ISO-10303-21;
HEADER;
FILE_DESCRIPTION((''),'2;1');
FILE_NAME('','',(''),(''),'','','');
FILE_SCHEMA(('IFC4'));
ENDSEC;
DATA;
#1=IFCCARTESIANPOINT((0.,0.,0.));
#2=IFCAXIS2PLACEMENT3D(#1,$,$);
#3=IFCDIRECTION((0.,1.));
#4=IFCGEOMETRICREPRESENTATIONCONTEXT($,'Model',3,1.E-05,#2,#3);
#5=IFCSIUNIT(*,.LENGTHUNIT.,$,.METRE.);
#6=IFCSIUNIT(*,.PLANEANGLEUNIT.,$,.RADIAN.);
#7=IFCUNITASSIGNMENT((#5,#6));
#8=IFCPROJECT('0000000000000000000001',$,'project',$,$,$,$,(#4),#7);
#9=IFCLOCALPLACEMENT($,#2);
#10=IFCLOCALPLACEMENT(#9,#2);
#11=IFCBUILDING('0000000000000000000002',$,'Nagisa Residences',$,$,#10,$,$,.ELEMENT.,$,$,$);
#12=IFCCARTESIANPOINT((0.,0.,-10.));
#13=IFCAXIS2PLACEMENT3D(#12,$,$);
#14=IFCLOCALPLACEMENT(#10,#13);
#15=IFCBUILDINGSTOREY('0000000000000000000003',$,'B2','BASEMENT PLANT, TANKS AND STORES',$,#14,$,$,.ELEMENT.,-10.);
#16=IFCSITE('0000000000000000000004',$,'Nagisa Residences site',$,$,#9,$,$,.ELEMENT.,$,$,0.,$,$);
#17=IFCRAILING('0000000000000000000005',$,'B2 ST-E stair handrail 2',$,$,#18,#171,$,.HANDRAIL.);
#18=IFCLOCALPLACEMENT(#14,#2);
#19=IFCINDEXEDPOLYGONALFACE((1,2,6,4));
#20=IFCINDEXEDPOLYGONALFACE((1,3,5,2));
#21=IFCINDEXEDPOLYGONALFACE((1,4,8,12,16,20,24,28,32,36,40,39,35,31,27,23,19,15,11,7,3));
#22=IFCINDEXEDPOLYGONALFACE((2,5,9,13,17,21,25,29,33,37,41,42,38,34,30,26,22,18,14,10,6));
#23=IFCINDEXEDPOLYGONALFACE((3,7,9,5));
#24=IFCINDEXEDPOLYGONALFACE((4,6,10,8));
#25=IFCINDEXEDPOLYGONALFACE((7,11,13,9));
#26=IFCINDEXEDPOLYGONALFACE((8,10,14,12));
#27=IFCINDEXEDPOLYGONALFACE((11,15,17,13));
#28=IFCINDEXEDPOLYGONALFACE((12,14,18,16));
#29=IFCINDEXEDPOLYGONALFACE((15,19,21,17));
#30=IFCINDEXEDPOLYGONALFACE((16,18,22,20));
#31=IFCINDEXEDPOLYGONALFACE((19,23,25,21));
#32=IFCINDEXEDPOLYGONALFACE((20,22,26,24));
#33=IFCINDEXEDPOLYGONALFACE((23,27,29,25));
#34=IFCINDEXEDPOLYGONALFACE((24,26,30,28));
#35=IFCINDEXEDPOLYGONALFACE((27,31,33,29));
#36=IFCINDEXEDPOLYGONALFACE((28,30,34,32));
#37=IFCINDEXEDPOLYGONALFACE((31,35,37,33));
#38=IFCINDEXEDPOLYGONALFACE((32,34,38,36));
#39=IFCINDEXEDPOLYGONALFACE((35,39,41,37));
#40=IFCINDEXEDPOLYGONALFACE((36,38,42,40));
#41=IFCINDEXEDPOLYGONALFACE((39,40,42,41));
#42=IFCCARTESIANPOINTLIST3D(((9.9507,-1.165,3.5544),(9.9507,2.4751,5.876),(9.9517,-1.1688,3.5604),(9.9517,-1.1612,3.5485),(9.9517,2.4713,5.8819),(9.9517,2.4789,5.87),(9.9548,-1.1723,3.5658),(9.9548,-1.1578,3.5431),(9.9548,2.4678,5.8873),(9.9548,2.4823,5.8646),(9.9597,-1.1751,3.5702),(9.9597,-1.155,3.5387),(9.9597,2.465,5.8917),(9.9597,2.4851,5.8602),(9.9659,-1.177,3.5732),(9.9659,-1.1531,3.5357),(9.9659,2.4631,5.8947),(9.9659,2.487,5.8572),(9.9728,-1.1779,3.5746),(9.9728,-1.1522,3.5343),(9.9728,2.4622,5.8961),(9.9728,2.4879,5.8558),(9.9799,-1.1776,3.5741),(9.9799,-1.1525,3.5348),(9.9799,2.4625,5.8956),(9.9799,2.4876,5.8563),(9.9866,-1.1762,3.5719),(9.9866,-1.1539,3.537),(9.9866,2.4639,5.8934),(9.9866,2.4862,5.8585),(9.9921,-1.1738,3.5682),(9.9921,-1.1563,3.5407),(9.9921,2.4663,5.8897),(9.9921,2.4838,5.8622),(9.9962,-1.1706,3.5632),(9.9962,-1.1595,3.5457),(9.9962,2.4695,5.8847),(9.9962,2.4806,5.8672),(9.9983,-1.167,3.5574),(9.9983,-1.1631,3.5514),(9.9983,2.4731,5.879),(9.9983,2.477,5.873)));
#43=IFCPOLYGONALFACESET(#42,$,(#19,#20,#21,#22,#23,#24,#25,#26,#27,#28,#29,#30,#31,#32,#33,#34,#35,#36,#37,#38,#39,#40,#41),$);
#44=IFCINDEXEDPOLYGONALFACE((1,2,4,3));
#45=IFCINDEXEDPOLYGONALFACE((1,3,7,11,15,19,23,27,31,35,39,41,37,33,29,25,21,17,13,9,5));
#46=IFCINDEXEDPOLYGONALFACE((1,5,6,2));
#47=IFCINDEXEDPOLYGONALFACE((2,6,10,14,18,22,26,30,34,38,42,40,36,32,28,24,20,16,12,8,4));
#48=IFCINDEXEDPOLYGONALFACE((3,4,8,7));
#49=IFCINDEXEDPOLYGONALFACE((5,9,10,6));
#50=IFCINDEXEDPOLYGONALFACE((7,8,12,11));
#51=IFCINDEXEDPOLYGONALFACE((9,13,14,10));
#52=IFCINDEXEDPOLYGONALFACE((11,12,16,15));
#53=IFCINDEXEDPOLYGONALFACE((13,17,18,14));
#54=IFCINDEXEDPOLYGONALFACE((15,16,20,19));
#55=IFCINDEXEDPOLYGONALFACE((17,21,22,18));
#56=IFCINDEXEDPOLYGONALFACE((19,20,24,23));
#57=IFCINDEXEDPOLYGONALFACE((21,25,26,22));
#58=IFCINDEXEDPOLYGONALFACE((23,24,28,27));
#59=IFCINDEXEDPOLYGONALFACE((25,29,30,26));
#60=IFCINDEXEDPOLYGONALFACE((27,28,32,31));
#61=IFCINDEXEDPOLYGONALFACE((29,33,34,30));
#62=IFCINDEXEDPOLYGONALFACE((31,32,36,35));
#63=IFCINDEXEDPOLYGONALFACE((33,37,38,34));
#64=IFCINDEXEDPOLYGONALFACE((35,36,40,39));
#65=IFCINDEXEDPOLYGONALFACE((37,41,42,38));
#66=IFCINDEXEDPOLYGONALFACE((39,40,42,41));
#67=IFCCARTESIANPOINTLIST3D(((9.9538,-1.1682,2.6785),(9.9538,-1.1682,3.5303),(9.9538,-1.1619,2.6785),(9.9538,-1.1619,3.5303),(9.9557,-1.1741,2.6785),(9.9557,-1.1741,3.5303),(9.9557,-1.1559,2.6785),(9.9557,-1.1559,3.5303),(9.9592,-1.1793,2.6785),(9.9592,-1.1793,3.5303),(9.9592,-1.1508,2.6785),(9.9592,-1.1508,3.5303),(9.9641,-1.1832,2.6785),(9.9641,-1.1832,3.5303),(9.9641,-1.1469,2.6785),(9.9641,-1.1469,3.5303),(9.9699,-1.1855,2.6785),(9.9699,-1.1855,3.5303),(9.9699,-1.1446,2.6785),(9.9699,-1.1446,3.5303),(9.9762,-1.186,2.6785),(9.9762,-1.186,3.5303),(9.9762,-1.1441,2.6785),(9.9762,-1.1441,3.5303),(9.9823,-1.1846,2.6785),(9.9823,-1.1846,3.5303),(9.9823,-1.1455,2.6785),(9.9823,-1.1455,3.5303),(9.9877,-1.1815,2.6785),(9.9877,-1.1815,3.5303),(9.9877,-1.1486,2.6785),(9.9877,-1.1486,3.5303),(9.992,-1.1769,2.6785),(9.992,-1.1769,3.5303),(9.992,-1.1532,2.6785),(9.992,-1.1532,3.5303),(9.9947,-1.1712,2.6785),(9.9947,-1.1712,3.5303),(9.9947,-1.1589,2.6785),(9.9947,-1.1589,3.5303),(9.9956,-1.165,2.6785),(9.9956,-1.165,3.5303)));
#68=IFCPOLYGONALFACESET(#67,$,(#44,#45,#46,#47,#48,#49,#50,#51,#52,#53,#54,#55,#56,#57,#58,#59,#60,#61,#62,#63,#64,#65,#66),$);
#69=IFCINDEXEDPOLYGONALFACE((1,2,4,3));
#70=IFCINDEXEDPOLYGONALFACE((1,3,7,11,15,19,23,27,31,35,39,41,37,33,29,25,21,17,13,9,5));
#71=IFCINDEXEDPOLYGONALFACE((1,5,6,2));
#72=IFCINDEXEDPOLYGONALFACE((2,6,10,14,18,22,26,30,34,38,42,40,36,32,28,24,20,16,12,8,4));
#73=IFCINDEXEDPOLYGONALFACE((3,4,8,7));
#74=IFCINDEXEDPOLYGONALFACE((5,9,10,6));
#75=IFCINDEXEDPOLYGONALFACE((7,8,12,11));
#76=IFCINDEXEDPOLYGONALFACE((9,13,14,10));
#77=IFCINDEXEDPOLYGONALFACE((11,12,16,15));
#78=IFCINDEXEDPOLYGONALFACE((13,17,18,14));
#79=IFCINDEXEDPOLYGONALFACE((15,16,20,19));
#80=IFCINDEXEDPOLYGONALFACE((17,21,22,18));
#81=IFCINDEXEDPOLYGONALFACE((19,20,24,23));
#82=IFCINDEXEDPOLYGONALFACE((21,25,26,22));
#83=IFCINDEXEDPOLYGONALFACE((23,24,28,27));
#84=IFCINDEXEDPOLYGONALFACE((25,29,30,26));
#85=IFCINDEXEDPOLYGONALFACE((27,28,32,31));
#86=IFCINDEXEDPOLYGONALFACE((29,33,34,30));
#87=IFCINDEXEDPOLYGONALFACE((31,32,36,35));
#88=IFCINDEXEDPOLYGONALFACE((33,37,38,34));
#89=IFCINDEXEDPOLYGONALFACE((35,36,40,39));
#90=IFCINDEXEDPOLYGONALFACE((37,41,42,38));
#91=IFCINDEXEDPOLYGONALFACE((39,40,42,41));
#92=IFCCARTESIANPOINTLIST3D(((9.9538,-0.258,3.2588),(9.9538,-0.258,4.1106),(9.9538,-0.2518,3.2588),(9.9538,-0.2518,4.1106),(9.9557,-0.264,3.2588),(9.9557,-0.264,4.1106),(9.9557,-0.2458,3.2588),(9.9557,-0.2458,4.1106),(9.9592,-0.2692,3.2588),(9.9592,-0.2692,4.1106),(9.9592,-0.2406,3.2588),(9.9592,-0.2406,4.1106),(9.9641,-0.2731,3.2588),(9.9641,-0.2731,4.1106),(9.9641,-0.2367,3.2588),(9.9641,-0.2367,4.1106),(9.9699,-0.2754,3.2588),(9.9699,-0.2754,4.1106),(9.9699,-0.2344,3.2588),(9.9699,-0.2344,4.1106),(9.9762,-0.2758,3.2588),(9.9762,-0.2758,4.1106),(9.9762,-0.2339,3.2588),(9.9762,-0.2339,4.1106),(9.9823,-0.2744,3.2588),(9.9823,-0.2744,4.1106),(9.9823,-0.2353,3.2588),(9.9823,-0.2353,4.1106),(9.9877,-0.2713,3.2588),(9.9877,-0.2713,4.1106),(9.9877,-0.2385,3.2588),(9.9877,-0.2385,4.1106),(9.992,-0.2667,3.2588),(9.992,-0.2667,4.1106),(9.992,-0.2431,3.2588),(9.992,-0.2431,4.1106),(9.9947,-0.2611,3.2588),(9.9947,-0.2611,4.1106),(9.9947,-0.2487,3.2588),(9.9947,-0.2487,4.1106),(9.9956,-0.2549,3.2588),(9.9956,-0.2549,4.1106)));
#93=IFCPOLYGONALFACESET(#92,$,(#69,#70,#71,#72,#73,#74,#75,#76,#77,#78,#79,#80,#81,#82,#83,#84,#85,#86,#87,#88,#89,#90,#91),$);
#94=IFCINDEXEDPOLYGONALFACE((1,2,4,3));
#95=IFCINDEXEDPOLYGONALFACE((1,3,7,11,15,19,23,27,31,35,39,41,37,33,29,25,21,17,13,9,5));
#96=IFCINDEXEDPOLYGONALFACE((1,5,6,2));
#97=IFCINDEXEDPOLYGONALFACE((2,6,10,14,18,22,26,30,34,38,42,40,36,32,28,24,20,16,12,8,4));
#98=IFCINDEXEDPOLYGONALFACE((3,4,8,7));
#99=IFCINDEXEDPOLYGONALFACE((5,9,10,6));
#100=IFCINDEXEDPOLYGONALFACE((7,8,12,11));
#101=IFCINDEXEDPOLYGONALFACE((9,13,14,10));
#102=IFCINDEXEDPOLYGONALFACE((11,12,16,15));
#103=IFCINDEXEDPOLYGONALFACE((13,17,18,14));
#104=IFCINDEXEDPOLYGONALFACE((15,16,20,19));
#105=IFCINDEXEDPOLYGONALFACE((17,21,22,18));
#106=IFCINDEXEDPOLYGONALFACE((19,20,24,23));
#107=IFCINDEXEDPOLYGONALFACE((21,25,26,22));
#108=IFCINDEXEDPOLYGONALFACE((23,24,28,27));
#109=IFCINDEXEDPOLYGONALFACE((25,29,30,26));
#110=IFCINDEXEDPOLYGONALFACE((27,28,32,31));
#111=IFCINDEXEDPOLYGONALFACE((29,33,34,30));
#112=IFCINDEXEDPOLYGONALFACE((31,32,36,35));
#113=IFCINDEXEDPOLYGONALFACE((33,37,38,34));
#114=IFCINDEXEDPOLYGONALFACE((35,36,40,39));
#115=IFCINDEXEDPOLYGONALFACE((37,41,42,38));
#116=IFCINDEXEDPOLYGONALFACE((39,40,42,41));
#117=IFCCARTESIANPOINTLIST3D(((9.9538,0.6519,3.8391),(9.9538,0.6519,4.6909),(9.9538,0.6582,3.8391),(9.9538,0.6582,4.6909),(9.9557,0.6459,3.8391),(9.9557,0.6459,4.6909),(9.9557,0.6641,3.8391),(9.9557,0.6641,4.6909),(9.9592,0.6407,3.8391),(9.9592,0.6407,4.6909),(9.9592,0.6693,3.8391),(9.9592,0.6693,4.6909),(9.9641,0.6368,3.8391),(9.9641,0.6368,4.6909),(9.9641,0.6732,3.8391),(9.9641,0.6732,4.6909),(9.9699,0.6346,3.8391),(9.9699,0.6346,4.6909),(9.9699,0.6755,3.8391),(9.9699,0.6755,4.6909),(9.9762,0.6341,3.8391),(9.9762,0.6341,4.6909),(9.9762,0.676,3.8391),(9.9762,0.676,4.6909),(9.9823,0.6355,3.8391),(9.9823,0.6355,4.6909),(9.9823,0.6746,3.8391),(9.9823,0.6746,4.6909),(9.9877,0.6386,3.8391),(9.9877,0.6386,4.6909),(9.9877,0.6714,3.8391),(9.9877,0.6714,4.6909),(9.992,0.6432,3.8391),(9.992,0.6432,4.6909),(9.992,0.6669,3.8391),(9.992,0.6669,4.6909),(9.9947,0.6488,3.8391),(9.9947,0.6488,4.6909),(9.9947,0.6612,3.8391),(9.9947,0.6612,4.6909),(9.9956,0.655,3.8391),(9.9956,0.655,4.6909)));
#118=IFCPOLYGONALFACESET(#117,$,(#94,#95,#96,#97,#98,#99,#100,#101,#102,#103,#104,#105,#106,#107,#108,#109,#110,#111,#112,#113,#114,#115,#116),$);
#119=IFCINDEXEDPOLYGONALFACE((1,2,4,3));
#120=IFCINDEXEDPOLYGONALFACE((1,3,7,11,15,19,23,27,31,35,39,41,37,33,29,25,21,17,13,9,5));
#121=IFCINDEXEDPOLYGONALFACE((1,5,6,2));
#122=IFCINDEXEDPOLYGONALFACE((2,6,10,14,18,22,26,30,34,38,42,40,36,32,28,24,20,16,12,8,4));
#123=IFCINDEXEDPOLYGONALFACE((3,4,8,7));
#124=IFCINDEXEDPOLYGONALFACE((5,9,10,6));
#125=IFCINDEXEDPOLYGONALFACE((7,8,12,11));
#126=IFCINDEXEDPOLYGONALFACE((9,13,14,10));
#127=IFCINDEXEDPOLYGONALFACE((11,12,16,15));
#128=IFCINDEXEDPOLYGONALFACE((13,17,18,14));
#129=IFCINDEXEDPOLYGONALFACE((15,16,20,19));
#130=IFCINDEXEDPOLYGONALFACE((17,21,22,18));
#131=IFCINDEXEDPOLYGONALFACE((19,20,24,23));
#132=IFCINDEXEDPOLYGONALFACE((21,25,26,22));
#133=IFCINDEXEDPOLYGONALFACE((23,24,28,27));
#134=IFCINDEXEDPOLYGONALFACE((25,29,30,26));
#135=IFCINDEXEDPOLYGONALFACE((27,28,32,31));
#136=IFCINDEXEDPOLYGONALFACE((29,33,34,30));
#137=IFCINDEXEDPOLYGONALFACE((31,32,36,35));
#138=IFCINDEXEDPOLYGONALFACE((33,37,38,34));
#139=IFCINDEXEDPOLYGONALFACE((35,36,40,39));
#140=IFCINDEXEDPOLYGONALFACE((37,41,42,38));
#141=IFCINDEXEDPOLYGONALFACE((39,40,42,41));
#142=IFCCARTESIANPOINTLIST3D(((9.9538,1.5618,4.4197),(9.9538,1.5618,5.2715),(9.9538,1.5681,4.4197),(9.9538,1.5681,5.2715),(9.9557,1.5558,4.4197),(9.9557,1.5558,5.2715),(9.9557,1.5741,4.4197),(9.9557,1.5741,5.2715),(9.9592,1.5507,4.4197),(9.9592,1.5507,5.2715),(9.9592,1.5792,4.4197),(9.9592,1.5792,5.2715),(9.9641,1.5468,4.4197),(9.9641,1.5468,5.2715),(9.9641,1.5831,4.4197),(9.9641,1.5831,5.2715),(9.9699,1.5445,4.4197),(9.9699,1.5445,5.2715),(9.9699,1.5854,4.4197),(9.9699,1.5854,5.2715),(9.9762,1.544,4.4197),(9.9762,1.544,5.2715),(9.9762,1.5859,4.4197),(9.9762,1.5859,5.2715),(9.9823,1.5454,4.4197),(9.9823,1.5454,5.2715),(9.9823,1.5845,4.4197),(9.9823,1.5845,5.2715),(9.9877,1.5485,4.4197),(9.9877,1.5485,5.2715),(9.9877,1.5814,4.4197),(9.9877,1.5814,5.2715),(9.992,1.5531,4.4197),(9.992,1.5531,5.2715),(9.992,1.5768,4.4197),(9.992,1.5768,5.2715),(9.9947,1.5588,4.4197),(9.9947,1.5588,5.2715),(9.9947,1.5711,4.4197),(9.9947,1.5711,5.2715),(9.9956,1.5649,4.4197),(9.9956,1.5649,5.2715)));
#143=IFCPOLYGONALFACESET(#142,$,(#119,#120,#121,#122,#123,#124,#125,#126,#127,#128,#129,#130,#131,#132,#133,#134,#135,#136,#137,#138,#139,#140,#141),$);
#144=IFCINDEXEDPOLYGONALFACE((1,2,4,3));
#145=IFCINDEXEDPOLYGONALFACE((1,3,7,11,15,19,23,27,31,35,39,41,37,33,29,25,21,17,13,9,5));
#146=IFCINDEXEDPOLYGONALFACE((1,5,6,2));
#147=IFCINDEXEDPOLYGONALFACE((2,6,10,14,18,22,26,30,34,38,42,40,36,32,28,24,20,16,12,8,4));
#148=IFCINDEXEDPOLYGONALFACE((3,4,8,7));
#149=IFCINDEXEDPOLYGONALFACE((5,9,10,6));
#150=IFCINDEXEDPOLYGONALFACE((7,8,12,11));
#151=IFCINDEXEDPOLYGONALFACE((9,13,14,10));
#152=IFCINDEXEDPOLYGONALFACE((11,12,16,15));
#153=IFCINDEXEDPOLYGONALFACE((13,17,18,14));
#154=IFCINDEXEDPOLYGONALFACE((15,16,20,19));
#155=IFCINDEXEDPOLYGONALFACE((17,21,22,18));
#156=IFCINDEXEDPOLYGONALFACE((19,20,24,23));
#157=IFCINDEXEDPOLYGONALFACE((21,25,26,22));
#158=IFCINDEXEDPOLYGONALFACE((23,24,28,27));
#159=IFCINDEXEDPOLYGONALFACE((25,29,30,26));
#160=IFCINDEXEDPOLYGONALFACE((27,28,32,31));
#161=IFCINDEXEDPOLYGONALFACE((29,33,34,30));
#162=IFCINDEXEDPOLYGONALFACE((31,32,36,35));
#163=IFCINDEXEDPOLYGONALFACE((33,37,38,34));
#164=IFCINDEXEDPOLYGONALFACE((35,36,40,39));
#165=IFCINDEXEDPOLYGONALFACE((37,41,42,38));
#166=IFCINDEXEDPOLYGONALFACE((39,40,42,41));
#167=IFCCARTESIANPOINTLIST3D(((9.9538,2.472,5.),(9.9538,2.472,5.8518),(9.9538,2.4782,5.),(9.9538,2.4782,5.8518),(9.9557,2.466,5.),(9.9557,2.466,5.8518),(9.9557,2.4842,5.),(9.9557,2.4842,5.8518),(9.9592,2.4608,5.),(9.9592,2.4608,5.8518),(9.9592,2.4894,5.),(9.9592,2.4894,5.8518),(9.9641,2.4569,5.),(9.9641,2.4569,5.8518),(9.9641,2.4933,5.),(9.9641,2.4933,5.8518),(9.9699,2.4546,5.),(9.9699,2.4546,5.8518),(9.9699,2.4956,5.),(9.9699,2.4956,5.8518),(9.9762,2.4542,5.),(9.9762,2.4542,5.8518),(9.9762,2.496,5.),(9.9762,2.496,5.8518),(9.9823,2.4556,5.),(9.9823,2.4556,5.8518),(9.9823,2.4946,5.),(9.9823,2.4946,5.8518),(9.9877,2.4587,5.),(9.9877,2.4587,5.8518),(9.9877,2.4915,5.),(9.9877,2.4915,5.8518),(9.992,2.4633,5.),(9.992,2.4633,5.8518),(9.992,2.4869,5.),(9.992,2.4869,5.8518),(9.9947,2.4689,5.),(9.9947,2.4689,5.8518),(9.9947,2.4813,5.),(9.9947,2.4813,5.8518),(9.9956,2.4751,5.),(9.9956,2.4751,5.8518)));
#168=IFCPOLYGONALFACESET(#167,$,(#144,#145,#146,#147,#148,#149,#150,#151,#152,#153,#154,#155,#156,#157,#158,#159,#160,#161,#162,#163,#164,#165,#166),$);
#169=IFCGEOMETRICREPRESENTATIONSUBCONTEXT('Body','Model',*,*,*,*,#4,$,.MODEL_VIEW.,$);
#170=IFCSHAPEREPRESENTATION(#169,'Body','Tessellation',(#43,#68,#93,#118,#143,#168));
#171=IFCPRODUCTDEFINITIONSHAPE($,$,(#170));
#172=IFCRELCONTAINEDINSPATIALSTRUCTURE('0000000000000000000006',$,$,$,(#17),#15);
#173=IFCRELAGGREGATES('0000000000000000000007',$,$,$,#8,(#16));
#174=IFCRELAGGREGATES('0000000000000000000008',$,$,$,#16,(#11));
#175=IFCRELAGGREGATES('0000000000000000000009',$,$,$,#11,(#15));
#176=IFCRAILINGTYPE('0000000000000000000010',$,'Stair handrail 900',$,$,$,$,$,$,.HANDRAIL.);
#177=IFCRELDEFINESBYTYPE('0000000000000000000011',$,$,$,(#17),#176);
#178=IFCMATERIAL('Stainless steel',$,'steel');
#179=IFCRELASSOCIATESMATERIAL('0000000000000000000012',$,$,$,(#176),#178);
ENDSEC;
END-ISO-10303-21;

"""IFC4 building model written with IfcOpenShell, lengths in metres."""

from ifc_helpers import new_model, si_unit, direction, frame, origin, origin_2d, place, context, subcontext, project, spatial, circle, extrude, material, type_object, element, save


model = new_model("IFC4")

# Units and contexts
model_context = context("Model", 3, precision=1e-05, world=origin(), true_north=direction((0.0, 1.0)))
body_context = subcontext(model_context, "Body", "Model", "MODEL_VIEW")
ifc_project = project(units=[si_unit("LENGTHUNIT", "METRE"), si_unit("PLANEANGLEUNIT", "RADIAN")], contexts=[model_context])

# Site, building, storey
site_placement = place(None, origin())
site = spatial("IfcSite", under=ifc_project, at=site_placement, Name="Nagisa Residences site", CompositionType="ELEMENT", RefElevation=0.0)
building_placement = place(site_placement, origin())
building = spatial("IfcBuilding", under=site, at=building_placement, Name="Nagisa Residences", CompositionType="ELEMENT")
storey_placement = place(building_placement, frame((0.0, 0.0, -10.0)))
storey = spatial("IfcBuildingStorey", under=building, at=storey_placement, Name="B2", Description="BASEMENT PLANT, TANKS AND STORES", CompositionType="ELEMENT", Elevation=-10.0)

# Railing
ifc_material_1 = material(Name="Stainless steel", Category="steel")
railing_type_1 = type_object("IfcRailingType", Name="Stair handrail 900", PredefinedType="HANDRAIL", material=ifc_material_1)
railing_1_placement = place(storey_placement, frame((9.9746, -1.165, 2.6785)))
element("IfcRailing", 1, at=railing_1_placement, inside=storey, type_object=railing_type_1, Name="B2 ST-E stair handrail 2", PredefinedType="HANDRAIL", context=body_context, shape_type="SweptSolid", body=[
    extrude(circle(Radius=0.0239, at=origin_2d()), frame((0.0, 0.0, 0.876), z_axis=(0.0, 0.843128, 0.537713), x_axis=(-1.0, 0.0, 0.0)), (0.0, 0.0, 1.0), 4.3174),
    extrude(circle(Radius=0.021, at=origin_2d()), origin(), (0.0, 0.0, 1.0), 0.8518),
    extrude(circle(Radius=0.021, at=origin_2d()), frame((0.0, 0.9102, 0.5803)), (0.0, 0.0, 1.0), 0.8518),
    extrude(circle(Radius=0.021, at=origin_2d()), frame((0.0, 1.8201, 1.1606)), (0.0, 0.0, 1.0), 0.8518),
    extrude(circle(Radius=0.021, at=origin_2d()), frame((0.0, 2.73, 1.7412)), (0.0, 0.0, 1.0), 0.8518),
    extrude(circle(Radius=0.021, at=origin_2d()), frame((0.0, 3.6401, 2.3215)), (0.0, 0.0, 1.0), 0.8518),
])

save(model, "model.ifc")
